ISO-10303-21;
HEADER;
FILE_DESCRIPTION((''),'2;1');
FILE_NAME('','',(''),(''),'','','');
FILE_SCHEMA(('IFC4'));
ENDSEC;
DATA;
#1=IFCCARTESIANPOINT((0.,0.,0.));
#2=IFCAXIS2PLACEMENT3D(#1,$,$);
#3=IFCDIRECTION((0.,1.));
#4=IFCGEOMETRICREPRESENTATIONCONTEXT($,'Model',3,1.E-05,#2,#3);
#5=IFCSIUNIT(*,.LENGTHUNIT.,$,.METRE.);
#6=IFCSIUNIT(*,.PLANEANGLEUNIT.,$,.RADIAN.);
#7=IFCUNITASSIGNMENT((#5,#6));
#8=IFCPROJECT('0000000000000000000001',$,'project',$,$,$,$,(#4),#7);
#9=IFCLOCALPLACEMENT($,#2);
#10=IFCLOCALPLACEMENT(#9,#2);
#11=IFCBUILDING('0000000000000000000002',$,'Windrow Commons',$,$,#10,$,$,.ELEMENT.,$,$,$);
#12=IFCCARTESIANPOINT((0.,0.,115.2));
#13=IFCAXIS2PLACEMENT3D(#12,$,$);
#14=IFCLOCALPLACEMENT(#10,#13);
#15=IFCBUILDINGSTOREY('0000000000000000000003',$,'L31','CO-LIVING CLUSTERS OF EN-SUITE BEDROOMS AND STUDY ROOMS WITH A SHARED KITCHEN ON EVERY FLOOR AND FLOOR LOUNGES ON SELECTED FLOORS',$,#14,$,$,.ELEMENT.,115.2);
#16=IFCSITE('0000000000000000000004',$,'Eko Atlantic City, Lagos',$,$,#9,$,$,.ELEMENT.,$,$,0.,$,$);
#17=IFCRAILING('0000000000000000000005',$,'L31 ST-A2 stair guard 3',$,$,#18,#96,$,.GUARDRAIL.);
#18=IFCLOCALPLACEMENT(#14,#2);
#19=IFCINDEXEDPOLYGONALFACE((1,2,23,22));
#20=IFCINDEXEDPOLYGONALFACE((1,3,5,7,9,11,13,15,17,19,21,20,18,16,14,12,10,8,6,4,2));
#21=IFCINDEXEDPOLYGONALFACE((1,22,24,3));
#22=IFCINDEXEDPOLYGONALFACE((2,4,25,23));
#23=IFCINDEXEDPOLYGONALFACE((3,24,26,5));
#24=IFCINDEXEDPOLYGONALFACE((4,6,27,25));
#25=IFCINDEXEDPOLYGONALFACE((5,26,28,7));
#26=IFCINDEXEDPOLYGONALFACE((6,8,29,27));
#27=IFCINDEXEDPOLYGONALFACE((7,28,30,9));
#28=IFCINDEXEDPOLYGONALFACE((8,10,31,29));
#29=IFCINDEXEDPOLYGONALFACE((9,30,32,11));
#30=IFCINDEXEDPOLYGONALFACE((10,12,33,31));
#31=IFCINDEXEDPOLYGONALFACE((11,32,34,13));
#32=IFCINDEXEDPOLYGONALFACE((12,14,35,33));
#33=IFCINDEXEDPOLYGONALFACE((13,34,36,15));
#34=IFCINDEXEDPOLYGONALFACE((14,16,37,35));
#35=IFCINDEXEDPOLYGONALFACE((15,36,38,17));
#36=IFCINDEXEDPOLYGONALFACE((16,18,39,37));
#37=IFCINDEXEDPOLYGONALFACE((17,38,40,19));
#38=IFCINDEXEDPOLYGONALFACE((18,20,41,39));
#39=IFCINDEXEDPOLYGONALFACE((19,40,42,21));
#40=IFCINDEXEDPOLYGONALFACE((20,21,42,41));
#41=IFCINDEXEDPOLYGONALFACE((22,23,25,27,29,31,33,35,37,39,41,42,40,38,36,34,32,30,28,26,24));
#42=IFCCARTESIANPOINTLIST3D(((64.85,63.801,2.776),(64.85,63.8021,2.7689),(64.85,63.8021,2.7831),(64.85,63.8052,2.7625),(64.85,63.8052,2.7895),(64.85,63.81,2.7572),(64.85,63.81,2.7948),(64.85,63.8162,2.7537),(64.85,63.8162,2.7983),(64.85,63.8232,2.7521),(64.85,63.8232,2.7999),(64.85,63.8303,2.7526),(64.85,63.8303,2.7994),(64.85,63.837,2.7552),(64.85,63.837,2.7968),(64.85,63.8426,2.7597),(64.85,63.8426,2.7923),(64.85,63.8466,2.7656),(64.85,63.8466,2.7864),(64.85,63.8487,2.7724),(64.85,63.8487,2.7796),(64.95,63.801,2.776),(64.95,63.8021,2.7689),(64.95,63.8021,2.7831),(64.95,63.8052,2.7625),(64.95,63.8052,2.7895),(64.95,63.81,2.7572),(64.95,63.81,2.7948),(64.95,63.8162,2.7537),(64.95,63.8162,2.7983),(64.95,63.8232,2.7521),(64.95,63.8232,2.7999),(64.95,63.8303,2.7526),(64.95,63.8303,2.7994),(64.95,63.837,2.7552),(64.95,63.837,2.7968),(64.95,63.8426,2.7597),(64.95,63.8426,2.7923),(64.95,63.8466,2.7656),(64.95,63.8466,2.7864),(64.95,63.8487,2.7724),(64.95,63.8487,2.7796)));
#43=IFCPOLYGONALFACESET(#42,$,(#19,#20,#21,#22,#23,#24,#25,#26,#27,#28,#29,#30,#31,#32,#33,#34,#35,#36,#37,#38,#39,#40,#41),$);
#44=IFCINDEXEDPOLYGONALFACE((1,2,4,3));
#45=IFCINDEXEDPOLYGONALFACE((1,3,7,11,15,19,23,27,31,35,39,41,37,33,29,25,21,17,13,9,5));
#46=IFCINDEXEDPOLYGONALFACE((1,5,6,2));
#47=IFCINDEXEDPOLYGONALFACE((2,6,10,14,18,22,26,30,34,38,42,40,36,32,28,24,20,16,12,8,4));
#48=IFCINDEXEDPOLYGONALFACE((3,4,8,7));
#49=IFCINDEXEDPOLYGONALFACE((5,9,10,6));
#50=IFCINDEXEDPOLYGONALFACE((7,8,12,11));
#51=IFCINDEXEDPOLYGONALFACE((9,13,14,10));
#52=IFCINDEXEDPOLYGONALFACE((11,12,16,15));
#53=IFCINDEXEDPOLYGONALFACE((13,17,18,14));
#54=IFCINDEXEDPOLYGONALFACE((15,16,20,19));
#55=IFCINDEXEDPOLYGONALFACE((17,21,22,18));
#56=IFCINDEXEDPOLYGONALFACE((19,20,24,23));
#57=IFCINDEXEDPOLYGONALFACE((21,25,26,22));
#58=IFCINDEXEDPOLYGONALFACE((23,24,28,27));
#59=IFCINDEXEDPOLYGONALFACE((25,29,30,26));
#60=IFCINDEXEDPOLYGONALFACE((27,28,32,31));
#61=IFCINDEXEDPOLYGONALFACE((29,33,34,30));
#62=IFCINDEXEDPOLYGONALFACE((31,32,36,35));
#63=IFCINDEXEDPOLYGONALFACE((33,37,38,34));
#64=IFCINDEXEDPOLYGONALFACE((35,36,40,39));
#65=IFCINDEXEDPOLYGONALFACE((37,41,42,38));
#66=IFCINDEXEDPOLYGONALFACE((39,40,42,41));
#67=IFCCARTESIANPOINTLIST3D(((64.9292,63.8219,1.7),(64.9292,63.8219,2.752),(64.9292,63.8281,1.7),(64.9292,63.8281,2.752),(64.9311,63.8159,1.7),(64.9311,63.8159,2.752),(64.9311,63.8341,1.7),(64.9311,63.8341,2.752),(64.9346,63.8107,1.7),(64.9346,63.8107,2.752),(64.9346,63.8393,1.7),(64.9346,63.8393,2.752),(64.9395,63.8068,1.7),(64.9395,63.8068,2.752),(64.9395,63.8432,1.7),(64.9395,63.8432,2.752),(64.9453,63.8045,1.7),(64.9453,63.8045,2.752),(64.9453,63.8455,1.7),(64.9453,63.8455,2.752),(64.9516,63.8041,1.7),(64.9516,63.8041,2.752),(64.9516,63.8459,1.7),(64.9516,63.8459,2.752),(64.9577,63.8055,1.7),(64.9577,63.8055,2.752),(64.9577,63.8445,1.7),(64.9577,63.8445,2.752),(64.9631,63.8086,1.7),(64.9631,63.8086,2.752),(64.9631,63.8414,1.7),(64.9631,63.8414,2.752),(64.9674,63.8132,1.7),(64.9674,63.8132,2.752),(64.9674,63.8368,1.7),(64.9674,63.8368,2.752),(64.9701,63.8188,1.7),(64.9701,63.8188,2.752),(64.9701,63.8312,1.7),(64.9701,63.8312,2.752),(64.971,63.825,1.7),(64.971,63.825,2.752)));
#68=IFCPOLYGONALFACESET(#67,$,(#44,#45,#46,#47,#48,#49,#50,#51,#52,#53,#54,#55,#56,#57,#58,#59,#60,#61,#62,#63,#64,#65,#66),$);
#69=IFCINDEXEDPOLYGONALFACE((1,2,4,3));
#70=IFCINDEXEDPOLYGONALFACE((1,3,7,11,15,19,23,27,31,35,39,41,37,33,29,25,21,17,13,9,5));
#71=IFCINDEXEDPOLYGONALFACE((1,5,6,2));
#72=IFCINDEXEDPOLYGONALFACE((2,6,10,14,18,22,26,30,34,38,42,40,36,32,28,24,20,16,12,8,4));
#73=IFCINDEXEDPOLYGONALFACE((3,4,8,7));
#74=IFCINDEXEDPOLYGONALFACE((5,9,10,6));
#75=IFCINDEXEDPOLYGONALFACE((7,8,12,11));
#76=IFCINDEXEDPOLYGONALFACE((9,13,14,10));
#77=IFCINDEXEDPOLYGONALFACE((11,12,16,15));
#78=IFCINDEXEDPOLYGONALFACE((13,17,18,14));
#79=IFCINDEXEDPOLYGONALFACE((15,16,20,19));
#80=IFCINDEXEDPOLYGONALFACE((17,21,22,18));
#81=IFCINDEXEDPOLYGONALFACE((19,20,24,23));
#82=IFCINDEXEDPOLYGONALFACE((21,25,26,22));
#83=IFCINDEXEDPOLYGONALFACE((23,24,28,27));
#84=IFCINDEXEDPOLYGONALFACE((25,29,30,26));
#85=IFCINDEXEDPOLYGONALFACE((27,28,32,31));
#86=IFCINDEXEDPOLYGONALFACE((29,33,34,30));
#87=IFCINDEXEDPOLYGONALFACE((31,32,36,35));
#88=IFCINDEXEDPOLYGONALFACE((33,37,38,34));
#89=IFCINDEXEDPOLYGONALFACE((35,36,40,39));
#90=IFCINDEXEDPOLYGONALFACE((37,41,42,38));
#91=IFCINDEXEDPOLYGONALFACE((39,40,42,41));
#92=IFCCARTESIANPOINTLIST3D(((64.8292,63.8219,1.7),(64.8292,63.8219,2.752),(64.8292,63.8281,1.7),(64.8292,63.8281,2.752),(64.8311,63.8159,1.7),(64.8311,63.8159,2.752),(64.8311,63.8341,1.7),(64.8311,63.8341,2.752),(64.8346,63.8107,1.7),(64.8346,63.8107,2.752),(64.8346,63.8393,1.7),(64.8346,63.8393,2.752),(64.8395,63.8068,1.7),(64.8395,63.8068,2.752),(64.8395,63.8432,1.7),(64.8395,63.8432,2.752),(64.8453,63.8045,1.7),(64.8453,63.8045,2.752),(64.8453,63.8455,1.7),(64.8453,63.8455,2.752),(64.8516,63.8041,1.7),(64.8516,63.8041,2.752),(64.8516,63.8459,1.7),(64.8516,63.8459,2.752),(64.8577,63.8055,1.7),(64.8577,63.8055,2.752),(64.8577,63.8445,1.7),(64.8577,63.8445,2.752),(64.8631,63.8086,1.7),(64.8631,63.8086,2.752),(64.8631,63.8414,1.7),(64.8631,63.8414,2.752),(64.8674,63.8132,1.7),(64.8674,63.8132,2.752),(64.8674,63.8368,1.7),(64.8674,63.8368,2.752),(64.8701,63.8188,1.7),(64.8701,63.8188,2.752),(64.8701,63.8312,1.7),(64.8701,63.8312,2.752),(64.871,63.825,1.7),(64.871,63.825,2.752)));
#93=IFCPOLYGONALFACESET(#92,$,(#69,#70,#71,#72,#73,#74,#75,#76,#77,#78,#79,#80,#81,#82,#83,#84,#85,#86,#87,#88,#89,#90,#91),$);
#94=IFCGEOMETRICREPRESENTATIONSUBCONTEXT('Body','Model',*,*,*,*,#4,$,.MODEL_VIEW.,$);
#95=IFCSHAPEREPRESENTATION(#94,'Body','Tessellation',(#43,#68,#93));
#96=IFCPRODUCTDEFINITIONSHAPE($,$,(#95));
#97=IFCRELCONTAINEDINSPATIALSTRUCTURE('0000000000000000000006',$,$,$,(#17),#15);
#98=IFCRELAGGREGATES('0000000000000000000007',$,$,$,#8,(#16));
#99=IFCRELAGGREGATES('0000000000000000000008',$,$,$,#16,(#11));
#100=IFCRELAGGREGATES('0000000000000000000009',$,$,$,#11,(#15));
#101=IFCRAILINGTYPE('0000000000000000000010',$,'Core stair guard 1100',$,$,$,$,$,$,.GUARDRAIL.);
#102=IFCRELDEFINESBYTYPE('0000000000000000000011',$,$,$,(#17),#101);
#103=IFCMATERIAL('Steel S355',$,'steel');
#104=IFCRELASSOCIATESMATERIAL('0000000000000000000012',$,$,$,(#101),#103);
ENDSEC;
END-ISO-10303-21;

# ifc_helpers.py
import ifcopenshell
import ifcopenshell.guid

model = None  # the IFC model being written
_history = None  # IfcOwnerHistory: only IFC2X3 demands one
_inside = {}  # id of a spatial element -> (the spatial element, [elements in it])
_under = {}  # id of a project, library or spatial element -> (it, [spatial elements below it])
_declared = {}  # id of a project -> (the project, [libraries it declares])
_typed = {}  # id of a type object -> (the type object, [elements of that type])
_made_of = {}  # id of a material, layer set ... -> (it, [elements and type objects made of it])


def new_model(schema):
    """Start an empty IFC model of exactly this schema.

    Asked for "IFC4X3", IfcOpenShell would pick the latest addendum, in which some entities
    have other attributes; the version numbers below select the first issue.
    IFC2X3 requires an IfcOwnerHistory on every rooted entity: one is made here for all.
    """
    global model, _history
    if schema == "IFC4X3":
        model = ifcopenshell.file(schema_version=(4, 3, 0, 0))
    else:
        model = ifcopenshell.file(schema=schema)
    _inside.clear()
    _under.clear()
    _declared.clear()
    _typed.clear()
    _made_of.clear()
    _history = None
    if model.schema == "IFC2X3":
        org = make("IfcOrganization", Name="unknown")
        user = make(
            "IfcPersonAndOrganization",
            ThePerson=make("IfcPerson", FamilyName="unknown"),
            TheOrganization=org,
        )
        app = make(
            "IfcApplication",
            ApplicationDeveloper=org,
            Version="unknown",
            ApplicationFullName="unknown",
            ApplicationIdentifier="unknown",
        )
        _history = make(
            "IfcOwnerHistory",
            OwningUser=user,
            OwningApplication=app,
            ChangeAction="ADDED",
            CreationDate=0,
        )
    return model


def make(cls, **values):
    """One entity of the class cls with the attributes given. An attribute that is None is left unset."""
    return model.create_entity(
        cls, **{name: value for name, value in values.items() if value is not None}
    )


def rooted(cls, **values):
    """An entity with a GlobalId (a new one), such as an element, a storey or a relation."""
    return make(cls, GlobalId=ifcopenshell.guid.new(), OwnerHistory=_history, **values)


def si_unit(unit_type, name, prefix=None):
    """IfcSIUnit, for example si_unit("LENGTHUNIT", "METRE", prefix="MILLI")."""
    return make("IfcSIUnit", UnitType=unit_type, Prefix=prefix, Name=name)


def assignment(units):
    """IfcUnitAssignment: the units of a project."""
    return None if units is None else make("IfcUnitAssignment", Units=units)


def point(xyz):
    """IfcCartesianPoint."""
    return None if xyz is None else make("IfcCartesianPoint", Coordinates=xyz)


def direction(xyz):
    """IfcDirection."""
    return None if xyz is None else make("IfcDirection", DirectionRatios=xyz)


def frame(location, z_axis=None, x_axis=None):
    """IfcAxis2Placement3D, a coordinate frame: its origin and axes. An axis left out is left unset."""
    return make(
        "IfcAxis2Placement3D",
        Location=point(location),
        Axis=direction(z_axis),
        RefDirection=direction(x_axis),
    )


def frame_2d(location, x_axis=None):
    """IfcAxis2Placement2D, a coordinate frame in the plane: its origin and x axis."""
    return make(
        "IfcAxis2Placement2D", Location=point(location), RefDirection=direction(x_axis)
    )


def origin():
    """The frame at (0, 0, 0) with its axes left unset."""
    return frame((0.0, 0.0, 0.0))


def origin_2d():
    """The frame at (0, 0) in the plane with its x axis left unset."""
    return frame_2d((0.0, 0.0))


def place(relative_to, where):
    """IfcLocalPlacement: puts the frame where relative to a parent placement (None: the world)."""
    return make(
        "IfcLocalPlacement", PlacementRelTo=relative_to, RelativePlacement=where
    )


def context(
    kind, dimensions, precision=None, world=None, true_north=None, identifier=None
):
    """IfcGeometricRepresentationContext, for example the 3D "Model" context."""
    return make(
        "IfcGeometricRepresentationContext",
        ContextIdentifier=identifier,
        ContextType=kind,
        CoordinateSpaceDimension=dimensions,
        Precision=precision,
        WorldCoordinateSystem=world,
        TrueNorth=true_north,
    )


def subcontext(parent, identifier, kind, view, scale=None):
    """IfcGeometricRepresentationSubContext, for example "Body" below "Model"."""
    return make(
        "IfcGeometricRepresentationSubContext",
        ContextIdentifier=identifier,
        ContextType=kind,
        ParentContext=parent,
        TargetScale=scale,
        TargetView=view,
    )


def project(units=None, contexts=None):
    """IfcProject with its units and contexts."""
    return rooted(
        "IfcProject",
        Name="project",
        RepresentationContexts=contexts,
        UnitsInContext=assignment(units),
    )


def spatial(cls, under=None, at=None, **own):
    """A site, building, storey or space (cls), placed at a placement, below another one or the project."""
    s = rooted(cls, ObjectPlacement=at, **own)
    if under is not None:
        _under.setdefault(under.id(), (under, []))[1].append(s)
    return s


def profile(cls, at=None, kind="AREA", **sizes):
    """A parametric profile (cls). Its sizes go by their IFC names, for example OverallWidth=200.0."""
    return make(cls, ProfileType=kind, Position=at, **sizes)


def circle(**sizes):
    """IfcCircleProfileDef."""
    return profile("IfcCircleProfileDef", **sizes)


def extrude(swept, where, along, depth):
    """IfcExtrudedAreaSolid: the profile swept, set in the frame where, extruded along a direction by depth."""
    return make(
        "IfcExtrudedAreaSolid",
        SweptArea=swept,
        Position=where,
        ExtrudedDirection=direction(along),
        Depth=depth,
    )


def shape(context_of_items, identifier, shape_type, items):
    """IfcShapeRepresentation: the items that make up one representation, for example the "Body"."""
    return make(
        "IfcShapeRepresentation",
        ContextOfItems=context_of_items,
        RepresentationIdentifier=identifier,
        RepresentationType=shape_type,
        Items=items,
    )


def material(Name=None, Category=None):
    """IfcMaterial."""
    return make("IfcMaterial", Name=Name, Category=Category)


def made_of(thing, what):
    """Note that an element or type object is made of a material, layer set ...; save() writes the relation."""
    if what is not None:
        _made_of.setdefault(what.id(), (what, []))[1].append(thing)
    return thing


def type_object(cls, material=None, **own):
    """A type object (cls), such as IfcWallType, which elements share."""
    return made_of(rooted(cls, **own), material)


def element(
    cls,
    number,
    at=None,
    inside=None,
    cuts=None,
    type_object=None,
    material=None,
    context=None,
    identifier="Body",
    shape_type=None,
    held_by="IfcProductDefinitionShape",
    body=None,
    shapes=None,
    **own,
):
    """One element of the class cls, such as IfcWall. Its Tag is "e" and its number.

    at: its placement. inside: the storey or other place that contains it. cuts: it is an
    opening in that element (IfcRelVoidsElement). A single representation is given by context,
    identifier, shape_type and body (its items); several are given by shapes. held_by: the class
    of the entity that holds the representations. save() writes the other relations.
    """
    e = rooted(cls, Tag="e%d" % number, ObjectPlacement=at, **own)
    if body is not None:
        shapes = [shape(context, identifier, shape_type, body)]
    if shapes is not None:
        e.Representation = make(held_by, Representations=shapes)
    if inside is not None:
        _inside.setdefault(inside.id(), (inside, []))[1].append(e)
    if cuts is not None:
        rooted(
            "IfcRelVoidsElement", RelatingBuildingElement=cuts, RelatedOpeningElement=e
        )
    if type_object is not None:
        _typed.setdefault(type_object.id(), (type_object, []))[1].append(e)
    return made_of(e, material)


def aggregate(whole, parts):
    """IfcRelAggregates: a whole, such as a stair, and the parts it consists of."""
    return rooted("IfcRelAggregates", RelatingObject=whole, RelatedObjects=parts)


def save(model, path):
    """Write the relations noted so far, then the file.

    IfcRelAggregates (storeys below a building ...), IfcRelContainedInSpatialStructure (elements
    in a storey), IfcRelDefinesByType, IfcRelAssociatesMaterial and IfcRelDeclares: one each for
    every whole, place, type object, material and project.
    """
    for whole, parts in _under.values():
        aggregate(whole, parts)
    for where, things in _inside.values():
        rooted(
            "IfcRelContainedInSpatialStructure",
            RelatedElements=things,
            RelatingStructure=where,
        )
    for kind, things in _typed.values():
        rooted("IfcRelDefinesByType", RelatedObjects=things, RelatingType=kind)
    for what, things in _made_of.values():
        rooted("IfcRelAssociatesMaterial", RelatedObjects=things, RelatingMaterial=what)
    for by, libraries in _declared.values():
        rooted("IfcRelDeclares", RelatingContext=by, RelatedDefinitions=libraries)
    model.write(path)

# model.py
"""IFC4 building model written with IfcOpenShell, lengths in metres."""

from ifc_helpers import new_model, si_unit, direction, frame, origin, origin_2d, place, context, subcontext, project, spatial, circle, extrude, material, type_object, element, save


model = new_model("IFC4")

# Units and contexts
model_context = context("Model", 3, precision=1e-05, world=origin(), true_north=direction((0.0, 1.0)))
body_context = subcontext(model_context, "Body", "Model", "MODEL_VIEW")
ifc_project = project(units=[si_unit("LENGTHUNIT", "METRE"), si_unit("PLANEANGLEUNIT", "RADIAN")], contexts=[model_context])

# Site, building, storey
site_placement = place(None, origin())
site = spatial("IfcSite", under=ifc_project, at=site_placement, Name="Eko Atlantic City, Lagos", CompositionType="ELEMENT", RefElevation=0.0)
building_placement = place(site_placement, origin())
building = spatial("IfcBuilding", under=site, at=building_placement, Name="Windrow Commons", CompositionType="ELEMENT")
storey_placement = place(building_placement, frame((0.0, 0.0, 115.2)))
storey = spatial("IfcBuildingStorey", under=building, at=storey_placement, Name="L31", Description="CO-LIVING CLUSTERS OF EN-SUITE BEDROOMS AND STUDY ROOMS WITH A SHARED KITCHEN ON EVERY FLOOR AND FLOOR LOUNGES ON SELECTED FLOORS", CompositionType="ELEMENT", Elevation=115.2)

# Railing
ifc_material_1 = material(Name="Steel S355", Category="steel")
railing_type_1 = type_object("IfcRailingType", Name="Core stair guard 1100", PredefinedType="GUARDRAIL", material=ifc_material_1)
railing_1_placement = place(storey_placement, frame((64.95, 63.825, 1.7)))
element("IfcRailing", 1, at=railing_1_placement, inside=storey, type_object=railing_type_1, Name="L31 ST-A2 stair guard 3", PredefinedType="GUARDRAIL", context=body_context, shape_type="SweptSolid", body=[
    extrude(circle(Radius=0.024, at=origin_2d()), frame((0.0, 0.0, 1.076), z_axis=(-1.0, 0.0, 0.0), x_axis=(0.0, -1.0, 0.0)), (0.0, 0.0, 1.0), 0.1),
    extrude(circle(Radius=0.021, at=origin_2d()), origin(), (0.0, 0.0, 1.0), 1.052),
    extrude(circle(Radius=0.021, at=origin_2d()), frame((-0.1, 0.0, 0.0)), (0.0, 0.0, 1.0), 1.052),
])

save(model, "model.ifc")
